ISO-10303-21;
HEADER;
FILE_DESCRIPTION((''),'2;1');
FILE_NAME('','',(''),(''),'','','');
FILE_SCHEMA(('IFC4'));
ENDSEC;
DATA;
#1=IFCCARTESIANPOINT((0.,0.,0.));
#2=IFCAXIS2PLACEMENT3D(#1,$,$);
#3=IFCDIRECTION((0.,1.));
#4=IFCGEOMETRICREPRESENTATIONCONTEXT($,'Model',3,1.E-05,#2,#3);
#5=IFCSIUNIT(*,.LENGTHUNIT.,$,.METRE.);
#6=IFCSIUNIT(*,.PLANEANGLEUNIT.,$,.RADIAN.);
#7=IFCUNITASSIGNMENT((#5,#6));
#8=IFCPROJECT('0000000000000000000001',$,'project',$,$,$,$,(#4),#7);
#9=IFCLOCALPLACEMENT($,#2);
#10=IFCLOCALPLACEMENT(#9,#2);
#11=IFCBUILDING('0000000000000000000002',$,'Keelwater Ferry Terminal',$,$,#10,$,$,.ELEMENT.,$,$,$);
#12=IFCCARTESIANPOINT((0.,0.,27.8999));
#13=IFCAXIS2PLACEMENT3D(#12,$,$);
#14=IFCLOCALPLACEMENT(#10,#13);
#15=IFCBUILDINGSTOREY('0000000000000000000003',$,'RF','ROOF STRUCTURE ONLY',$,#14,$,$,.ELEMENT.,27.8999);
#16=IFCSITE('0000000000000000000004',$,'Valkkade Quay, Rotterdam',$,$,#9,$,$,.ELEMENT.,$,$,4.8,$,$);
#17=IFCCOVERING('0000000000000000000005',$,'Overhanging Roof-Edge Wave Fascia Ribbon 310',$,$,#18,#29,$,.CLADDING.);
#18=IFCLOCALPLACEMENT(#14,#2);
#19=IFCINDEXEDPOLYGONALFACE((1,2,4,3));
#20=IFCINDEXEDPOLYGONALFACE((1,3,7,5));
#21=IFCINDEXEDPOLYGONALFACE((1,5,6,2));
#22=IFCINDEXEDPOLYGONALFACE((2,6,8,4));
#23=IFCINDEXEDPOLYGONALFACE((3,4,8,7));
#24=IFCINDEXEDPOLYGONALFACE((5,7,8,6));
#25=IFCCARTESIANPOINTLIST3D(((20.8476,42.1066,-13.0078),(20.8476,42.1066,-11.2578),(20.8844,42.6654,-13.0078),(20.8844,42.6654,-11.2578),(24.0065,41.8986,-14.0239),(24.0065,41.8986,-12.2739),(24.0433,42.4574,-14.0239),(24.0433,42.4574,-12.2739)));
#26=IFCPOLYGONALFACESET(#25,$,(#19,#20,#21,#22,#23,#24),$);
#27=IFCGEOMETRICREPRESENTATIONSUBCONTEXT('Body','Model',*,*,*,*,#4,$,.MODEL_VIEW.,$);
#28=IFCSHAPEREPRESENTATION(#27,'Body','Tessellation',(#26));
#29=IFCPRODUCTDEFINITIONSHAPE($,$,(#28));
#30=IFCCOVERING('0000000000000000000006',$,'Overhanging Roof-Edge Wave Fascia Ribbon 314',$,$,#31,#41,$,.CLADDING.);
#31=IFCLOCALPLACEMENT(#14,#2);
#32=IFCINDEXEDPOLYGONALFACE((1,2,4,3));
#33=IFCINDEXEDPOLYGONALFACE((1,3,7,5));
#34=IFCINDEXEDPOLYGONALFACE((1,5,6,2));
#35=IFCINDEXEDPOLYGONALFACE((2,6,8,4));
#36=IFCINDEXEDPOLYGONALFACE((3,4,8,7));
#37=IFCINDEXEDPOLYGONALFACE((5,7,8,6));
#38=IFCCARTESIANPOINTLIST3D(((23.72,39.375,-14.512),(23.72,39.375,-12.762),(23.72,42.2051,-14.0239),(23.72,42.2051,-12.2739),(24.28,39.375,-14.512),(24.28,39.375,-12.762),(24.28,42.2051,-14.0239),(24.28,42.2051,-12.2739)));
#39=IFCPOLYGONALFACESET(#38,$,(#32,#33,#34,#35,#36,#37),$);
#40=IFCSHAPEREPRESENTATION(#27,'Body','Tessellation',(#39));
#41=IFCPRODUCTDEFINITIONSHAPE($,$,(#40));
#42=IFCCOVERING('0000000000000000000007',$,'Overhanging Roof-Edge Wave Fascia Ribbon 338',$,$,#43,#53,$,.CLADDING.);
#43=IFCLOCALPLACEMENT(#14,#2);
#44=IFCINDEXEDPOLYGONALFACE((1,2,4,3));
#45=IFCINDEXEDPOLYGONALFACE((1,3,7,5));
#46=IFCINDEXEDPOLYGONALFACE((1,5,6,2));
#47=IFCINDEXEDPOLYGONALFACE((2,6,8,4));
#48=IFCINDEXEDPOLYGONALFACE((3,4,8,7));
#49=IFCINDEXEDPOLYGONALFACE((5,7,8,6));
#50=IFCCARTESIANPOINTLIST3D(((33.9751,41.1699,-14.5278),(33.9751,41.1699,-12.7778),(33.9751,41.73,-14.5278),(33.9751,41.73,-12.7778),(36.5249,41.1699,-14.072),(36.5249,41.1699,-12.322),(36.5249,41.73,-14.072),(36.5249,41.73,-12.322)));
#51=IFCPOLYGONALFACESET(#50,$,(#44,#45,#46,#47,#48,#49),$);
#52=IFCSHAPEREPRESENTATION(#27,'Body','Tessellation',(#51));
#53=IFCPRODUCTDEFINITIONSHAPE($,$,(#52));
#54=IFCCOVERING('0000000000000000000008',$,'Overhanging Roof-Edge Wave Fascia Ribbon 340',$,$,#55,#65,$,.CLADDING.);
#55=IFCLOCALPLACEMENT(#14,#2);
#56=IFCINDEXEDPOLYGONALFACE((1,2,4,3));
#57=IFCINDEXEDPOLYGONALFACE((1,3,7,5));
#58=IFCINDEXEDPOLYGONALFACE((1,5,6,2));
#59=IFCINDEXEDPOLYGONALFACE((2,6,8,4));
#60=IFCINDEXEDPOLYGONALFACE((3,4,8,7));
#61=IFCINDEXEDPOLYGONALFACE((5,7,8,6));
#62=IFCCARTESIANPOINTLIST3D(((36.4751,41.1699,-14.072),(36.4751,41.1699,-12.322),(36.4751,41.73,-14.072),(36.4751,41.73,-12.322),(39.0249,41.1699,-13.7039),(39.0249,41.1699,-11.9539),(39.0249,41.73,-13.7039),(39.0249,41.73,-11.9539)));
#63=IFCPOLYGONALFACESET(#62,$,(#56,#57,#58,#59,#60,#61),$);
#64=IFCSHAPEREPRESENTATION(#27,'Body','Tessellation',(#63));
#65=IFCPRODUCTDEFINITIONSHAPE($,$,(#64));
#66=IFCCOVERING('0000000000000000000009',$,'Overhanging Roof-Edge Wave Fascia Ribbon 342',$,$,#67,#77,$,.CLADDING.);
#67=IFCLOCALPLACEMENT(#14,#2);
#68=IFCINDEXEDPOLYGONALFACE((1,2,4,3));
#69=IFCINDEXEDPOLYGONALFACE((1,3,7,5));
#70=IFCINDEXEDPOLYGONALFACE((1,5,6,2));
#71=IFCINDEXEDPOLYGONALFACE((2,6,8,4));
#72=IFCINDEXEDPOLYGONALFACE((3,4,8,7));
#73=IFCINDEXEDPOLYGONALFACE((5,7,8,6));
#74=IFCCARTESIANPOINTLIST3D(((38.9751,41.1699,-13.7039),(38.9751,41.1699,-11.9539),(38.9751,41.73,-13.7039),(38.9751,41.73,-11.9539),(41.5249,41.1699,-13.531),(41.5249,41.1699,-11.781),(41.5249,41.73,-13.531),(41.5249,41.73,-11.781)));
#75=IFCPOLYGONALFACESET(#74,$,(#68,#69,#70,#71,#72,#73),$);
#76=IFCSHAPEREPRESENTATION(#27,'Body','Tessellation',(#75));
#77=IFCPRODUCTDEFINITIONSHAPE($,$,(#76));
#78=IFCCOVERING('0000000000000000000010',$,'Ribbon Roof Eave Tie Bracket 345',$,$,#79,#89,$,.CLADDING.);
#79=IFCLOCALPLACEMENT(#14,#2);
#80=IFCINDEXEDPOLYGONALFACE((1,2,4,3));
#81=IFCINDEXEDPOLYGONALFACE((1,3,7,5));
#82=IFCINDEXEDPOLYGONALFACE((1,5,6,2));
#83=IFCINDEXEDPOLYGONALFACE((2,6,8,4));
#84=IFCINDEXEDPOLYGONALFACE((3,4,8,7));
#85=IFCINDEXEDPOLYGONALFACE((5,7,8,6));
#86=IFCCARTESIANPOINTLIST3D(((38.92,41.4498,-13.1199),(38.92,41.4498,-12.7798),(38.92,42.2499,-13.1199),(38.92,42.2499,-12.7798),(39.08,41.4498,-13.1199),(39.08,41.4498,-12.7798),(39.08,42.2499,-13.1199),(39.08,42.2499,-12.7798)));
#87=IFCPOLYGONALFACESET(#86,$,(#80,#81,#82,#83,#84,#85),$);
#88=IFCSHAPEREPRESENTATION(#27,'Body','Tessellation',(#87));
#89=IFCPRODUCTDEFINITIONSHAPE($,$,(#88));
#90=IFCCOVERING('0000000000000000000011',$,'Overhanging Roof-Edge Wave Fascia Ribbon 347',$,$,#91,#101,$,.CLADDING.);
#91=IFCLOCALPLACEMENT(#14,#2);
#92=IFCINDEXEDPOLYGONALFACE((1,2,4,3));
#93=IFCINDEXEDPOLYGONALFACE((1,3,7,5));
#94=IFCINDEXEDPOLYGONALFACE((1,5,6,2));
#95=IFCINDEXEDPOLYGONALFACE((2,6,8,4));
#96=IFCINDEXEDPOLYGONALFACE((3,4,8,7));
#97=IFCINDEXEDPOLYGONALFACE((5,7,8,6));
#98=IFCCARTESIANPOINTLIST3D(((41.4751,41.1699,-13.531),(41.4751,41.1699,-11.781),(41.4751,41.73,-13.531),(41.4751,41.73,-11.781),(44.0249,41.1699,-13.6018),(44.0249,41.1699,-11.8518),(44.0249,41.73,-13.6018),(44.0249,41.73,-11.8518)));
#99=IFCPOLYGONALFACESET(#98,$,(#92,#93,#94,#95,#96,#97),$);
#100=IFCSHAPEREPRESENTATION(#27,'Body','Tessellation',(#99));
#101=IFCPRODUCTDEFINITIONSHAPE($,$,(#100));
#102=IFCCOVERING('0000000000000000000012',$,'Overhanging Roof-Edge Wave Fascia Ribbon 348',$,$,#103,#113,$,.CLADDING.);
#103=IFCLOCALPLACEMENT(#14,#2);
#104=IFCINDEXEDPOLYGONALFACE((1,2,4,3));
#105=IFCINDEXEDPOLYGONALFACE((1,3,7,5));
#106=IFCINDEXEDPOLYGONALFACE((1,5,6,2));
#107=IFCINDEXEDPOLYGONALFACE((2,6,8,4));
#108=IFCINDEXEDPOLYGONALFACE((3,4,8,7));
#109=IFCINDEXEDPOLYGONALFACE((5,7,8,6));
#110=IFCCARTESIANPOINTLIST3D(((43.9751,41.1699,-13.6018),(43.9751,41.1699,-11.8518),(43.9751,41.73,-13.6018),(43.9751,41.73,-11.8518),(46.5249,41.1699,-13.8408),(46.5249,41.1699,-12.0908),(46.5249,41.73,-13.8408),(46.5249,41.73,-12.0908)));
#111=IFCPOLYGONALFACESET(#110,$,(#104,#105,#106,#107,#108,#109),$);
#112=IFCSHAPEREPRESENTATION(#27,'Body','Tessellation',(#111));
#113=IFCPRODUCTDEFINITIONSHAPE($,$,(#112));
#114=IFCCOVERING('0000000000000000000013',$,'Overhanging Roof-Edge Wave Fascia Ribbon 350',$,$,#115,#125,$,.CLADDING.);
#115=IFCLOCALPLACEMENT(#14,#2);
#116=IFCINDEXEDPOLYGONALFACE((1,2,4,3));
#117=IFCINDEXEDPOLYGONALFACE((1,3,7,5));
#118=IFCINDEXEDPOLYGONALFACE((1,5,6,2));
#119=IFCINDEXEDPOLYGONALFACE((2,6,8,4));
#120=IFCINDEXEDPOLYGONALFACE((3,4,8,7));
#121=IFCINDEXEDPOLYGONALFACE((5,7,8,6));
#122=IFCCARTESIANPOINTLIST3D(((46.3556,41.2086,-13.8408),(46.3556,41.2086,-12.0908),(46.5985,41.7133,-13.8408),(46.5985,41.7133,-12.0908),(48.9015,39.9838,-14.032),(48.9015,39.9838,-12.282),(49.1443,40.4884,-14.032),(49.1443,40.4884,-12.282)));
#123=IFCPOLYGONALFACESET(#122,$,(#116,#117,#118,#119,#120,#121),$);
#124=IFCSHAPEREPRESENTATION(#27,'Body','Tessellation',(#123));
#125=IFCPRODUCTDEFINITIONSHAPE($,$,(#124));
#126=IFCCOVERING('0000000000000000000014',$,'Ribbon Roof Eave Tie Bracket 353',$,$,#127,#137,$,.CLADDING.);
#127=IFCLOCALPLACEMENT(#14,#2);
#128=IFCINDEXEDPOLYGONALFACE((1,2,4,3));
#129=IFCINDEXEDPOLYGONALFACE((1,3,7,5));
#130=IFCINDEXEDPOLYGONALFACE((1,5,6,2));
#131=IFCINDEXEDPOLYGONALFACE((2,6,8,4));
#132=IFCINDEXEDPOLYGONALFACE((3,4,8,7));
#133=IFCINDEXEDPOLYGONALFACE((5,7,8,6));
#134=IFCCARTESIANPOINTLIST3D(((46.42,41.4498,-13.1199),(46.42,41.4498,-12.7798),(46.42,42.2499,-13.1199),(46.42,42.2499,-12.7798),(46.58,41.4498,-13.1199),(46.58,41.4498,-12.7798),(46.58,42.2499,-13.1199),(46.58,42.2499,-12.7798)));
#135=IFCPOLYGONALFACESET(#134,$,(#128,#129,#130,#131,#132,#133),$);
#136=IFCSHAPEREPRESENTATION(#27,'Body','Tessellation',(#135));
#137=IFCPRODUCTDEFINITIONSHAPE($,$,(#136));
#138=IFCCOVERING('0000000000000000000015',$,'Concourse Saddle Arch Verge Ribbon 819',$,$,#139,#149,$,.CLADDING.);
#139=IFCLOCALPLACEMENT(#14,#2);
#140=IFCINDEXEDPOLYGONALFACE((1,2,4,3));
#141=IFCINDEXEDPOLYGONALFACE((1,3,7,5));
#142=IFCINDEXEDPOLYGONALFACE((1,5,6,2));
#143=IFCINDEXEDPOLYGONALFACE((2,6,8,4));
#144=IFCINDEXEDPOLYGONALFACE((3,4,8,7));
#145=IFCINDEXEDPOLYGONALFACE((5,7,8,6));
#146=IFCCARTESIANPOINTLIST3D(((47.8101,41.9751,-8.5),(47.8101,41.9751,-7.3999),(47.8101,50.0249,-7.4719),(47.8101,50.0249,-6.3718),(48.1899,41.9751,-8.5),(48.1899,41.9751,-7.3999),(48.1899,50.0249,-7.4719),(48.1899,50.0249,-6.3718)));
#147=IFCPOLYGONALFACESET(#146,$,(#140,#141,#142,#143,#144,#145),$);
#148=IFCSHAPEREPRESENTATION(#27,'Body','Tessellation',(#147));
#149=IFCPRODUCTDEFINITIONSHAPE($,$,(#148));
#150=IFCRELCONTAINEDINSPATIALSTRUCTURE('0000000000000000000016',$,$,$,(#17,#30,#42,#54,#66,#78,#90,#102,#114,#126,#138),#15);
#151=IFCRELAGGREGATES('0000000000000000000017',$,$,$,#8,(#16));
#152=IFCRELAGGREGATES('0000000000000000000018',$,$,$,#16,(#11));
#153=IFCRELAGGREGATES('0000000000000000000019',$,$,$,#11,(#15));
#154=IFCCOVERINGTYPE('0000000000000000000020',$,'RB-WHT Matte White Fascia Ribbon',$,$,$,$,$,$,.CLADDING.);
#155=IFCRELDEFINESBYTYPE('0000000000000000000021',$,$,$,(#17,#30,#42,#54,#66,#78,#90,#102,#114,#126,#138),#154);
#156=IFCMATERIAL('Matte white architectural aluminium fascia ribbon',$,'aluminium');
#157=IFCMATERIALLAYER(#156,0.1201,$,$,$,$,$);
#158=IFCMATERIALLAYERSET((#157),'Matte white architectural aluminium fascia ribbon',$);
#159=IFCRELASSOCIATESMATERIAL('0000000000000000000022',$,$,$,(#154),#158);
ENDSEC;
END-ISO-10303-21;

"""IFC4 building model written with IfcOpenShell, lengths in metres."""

from ifc_helpers import new_model, si_unit, direction, frame, frame_2d, origin, place, context, subcontext, project, spatial, polyline, rectangle, outline, extrude, material, layer, layer_set, type_object, element, save


model = new_model("IFC4")

# Units and contexts
model_context = context("Model", 3, precision=1e-05, world=origin(), true_north=direction((0.0, 1.0)))
body_context = subcontext(model_context, "Body", "Model", "MODEL_VIEW")
ifc_project = project(units=[si_unit("LENGTHUNIT", "METRE"), si_unit("PLANEANGLEUNIT", "RADIAN")], contexts=[model_context])

# Site, building, storey
site_placement = place(None, origin())
site = spatial("IfcSite", under=ifc_project, at=site_placement, Name="Valkkade Quay, Rotterdam", CompositionType="ELEMENT", RefElevation=4.8)
building_placement = place(site_placement, origin())
building = spatial("IfcBuilding", under=site, at=building_placement, Name="Keelwater Ferry Terminal", CompositionType="ELEMENT")
storey_placement = place(building_placement, frame((0.0, 0.0, 27.8999)))
storey = spatial("IfcBuildingStorey", under=building, at=storey_placement, Name="RF", Description="ROOF STRUCTURE ONLY", CompositionType="ELEMENT", Elevation=27.8999)

# Coverings
ifc_material_1 = material(Name="Matte white architectural aluminium fascia ribbon", Category="aluminium")
ifc_layer_1 = layer(ifc_material_1, 0.1201)
ifc_layer_set_1 = layer_set([ifc_layer_1], Name="Matte white architectural aluminium fascia ribbon")
covering_type = type_object("IfcCoveringType", Name="RB-WHT Matte White Fascia Ribbon", PredefinedType="CLADDING", material=ifc_layer_set_1)
covering_1_placement = place(storey_placement, frame((20.866, 42.386, -14.0239), z_axis=(0.0, 0.0, 1.0), x_axis=(0.997839, -0.065705, 0.0)))
element("IfcCovering", 1, at=covering_1_placement, inside=storey, type_object=covering_type, Name="Overhanging Roof-Edge Wave Fascia Ribbon 310", PredefinedType="CLADDING", context=body_context, shape_type="SweptSolid", body=[
    extrude(outline(polyline([(0.0, 1.0161), (3.1658, 0.0), (3.1658, 1.75), (0.0, 2.7661), (0.0, 1.0161)])), frame((0.0, 0.28, 0.0), z_axis=(0.0, -1.0, 0.0), x_axis=(1.0, 0.0, 0.0)), (0.0, 0.0, 1.0), 0.5601),
])
covering_2_placement = place(storey_placement, frame((24.0, 42.2051, -14.512), z_axis=(0.0, 0.0, 1.0), x_axis=(0.0, -1.0, 0.0)))
element("IfcCovering", 2, at=covering_2_placement, inside=storey, type_object=covering_type, Name="Overhanging Roof-Edge Wave Fascia Ribbon 314", PredefinedType="CLADDING", context=body_context, shape_type="SweptSolid", body=[
    extrude(outline(polyline([(0.0, 0.488), (2.8301, 0.0), (2.8301, 1.75), (0.0, 2.238), (0.0, 0.488)])), frame((0.0, 0.28, 0.0), z_axis=(0.0, -1.0, 0.0), x_axis=(1.0, 0.0, 0.0)), (0.0, 0.0, 1.0), 0.5601),
])
covering_3_placement = place(storey_placement, frame((33.9751, 41.45, -14.5278), z_axis=(0.0, 0.0, 1.0), x_axis=(1.0, 0.0, 0.0)))
element("IfcCovering", 3, at=covering_3_placement, inside=storey, type_object=covering_type, Name="Overhanging Roof-Edge Wave Fascia Ribbon 338", PredefinedType="CLADDING", context=body_context, shape_type="SweptSolid", body=[
    extrude(outline(polyline([(0.0, 0.0), (2.5498, 0.4558), (2.5498, 2.2058), (0.0, 1.75), (0.0, 0.0)])), frame((0.0, 0.28, 0.0), z_axis=(0.0, -1.0, 0.0), x_axis=(1.0, 0.0, 0.0)), (0.0, 0.0, 1.0), 0.5601),
])
covering_4_placement = place(storey_placement, frame((36.4751, 41.45, -14.072), z_axis=(0.0, 0.0, 1.0), x_axis=(1.0, 0.0, 0.0)))
element("IfcCovering", 4, at=covering_4_placement, inside=storey, type_object=covering_type, Name="Overhanging Roof-Edge Wave Fascia Ribbon 340", PredefinedType="CLADDING", context=body_context, shape_type="SweptSolid", body=[
    extrude(outline(polyline([(0.0, 0.0), (2.5498, 0.3682), (2.5498, 2.1182), (0.0, 1.75), (0.0, 0.0)])), frame((0.0, 0.28, 0.0), z_axis=(0.0, -1.0, 0.0), x_axis=(1.0, 0.0, 0.0)), (0.0, 0.0, 1.0), 0.5601),
])
covering_5_placement = place(storey_placement, frame((38.9751, 41.45, -13.7039), z_axis=(0.0, 0.0, 1.0), x_axis=(1.0, 0.0, 0.0)))
element("IfcCovering", 5, at=covering_5_placement, inside=storey, type_object=covering_type, Name="Overhanging Roof-Edge Wave Fascia Ribbon 342", PredefinedType="CLADDING", context=body_context, shape_type="SweptSolid", body=[
    extrude(outline(polyline([(0.0, 0.0), (2.5498, 0.1729), (2.5498, 1.9229), (0.0, 1.75), (0.0, 0.0)])), frame((0.0, 0.28, 0.0), z_axis=(0.0, -1.0, 0.0), x_axis=(1.0, 0.0, 0.0)), (0.0, 0.0, 1.0), 0.5601),
])
covering_6_placement = place(storey_placement, frame((39.0, 41.45, -13.1199), z_axis=(0.0, 0.0, 1.0), x_axis=(0.0, 1.0, 0.0)))
element("IfcCovering", 6, at=covering_6_placement, inside=storey, type_object=covering_type, Name="Ribbon Roof Eave Tie Bracket 345", PredefinedType="CLADDING", context=body_context, shape_type="SweptSolid", body=[
    extrude(rectangle(XDim=0.8, YDim=0.1599, at=frame_2d((0.3999, 0.0))), origin(), (0.0, 0.0, 1.0), 0.3401),
])
covering_7_placement = place(storey_placement, frame((41.4751, 41.45, -13.6018), z_axis=(0.0, 0.0, 1.0), x_axis=(1.0, 0.0, 0.0)))
element("IfcCovering", 7, at=covering_7_placement, inside=storey, type_object=covering_type, Name="Overhanging Roof-Edge Wave Fascia Ribbon 347", PredefinedType="CLADDING", context=body_context, shape_type="SweptSolid", body=[
    extrude(outline(polyline([(0.0, 0.0708), (2.5498, 0.0), (2.5498, 1.75), (0.0, 1.8208), (0.0, 0.0708)])), frame((0.0, 0.28, 0.0), z_axis=(0.0, -1.0, 0.0), x_axis=(1.0, 0.0, 0.0)), (0.0, 0.0, 1.0), 0.5601),
])
covering_8_placement = place(storey_placement, frame((43.9751, 41.45, -13.8408), z_axis=(0.0, 0.0, 1.0), x_axis=(1.0, 0.0, 0.0)))
element("IfcCovering", 8, at=covering_8_placement, inside=storey, type_object=covering_type, Name="Overhanging Roof-Edge Wave Fascia Ribbon 348", PredefinedType="CLADDING", context=body_context, shape_type="SweptSolid", body=[
    extrude(outline(polyline([(0.0, 0.239), (2.5498, 0.0), (2.5498, 1.75), (0.0, 1.989), (0.0, 0.239)])), frame((0.0, 0.28, 0.0), z_axis=(0.0, -1.0, 0.0), x_axis=(1.0, 0.0, 0.0)), (0.0, 0.0, 1.0), 0.5601),
])
covering_9_placement = place(storey_placement, frame((46.4771, 41.4609, -14.032), z_axis=(0.0, 0.0, 1.0), x_axis=(0.901133, -0.433543, 0.0)))
element("IfcCovering", 9, at=covering_9_placement, inside=storey, type_object=covering_type, Name="Overhanging Roof-Edge Wave Fascia Ribbon 350", PredefinedType="CLADDING", context=body_context, shape_type="SweptSolid", body=[
    extrude(outline(polyline([(0.0, 0.1912), (2.8252, 0.0), (2.8252, 1.75), (0.0, 1.9412), (0.0, 0.1912)])), frame((0.0, 0.28, 0.0), z_axis=(0.0, -1.0, 0.0), x_axis=(1.0, 0.0, 0.0)), (0.0, 0.0, 1.0), 0.5601),
])
covering_10_placement = place(storey_placement, frame((46.5, 41.45, -13.1199), z_axis=(0.0, 0.0, 1.0), x_axis=(0.0, 1.0, 0.0)))
element("IfcCovering", 10, at=covering_10_placement, inside=storey, type_object=covering_type, Name="Ribbon Roof Eave Tie Bracket 353", PredefinedType="CLADDING", context=body_context, shape_type="SweptSolid", body=[
    extrude(rectangle(XDim=0.8, YDim=0.1599, at=frame_2d((0.3999, 0.0))), origin(), (0.0, 0.0, 1.0), 0.3401),
])
covering_11_placement = place(storey_placement, frame((48.0, 41.9751, -8.5), z_axis=(0.0, 0.0, 1.0), x_axis=(0.0, 1.0, 0.0)))
element("IfcCovering", 11, at=covering_11_placement, inside=storey, type_object=covering_type, Name="Concourse Saddle Arch Verge Ribbon 819", PredefinedType="CLADDING", context=body_context, shape_type="SweptSolid", body=[
    extrude(outline(polyline([(0.0, 0.0), (8.0498, 1.0281), (8.0498, 2.1282), (0.0, 1.1001), (0.0, 0.0)])), frame((0.0, 0.1899, 0.0), z_axis=(0.0, -1.0, 0.0), x_axis=(1.0, 0.0, 0.0)), (0.0, 0.0, 1.0), 0.3799),
])

save(model, "model.ifc")
